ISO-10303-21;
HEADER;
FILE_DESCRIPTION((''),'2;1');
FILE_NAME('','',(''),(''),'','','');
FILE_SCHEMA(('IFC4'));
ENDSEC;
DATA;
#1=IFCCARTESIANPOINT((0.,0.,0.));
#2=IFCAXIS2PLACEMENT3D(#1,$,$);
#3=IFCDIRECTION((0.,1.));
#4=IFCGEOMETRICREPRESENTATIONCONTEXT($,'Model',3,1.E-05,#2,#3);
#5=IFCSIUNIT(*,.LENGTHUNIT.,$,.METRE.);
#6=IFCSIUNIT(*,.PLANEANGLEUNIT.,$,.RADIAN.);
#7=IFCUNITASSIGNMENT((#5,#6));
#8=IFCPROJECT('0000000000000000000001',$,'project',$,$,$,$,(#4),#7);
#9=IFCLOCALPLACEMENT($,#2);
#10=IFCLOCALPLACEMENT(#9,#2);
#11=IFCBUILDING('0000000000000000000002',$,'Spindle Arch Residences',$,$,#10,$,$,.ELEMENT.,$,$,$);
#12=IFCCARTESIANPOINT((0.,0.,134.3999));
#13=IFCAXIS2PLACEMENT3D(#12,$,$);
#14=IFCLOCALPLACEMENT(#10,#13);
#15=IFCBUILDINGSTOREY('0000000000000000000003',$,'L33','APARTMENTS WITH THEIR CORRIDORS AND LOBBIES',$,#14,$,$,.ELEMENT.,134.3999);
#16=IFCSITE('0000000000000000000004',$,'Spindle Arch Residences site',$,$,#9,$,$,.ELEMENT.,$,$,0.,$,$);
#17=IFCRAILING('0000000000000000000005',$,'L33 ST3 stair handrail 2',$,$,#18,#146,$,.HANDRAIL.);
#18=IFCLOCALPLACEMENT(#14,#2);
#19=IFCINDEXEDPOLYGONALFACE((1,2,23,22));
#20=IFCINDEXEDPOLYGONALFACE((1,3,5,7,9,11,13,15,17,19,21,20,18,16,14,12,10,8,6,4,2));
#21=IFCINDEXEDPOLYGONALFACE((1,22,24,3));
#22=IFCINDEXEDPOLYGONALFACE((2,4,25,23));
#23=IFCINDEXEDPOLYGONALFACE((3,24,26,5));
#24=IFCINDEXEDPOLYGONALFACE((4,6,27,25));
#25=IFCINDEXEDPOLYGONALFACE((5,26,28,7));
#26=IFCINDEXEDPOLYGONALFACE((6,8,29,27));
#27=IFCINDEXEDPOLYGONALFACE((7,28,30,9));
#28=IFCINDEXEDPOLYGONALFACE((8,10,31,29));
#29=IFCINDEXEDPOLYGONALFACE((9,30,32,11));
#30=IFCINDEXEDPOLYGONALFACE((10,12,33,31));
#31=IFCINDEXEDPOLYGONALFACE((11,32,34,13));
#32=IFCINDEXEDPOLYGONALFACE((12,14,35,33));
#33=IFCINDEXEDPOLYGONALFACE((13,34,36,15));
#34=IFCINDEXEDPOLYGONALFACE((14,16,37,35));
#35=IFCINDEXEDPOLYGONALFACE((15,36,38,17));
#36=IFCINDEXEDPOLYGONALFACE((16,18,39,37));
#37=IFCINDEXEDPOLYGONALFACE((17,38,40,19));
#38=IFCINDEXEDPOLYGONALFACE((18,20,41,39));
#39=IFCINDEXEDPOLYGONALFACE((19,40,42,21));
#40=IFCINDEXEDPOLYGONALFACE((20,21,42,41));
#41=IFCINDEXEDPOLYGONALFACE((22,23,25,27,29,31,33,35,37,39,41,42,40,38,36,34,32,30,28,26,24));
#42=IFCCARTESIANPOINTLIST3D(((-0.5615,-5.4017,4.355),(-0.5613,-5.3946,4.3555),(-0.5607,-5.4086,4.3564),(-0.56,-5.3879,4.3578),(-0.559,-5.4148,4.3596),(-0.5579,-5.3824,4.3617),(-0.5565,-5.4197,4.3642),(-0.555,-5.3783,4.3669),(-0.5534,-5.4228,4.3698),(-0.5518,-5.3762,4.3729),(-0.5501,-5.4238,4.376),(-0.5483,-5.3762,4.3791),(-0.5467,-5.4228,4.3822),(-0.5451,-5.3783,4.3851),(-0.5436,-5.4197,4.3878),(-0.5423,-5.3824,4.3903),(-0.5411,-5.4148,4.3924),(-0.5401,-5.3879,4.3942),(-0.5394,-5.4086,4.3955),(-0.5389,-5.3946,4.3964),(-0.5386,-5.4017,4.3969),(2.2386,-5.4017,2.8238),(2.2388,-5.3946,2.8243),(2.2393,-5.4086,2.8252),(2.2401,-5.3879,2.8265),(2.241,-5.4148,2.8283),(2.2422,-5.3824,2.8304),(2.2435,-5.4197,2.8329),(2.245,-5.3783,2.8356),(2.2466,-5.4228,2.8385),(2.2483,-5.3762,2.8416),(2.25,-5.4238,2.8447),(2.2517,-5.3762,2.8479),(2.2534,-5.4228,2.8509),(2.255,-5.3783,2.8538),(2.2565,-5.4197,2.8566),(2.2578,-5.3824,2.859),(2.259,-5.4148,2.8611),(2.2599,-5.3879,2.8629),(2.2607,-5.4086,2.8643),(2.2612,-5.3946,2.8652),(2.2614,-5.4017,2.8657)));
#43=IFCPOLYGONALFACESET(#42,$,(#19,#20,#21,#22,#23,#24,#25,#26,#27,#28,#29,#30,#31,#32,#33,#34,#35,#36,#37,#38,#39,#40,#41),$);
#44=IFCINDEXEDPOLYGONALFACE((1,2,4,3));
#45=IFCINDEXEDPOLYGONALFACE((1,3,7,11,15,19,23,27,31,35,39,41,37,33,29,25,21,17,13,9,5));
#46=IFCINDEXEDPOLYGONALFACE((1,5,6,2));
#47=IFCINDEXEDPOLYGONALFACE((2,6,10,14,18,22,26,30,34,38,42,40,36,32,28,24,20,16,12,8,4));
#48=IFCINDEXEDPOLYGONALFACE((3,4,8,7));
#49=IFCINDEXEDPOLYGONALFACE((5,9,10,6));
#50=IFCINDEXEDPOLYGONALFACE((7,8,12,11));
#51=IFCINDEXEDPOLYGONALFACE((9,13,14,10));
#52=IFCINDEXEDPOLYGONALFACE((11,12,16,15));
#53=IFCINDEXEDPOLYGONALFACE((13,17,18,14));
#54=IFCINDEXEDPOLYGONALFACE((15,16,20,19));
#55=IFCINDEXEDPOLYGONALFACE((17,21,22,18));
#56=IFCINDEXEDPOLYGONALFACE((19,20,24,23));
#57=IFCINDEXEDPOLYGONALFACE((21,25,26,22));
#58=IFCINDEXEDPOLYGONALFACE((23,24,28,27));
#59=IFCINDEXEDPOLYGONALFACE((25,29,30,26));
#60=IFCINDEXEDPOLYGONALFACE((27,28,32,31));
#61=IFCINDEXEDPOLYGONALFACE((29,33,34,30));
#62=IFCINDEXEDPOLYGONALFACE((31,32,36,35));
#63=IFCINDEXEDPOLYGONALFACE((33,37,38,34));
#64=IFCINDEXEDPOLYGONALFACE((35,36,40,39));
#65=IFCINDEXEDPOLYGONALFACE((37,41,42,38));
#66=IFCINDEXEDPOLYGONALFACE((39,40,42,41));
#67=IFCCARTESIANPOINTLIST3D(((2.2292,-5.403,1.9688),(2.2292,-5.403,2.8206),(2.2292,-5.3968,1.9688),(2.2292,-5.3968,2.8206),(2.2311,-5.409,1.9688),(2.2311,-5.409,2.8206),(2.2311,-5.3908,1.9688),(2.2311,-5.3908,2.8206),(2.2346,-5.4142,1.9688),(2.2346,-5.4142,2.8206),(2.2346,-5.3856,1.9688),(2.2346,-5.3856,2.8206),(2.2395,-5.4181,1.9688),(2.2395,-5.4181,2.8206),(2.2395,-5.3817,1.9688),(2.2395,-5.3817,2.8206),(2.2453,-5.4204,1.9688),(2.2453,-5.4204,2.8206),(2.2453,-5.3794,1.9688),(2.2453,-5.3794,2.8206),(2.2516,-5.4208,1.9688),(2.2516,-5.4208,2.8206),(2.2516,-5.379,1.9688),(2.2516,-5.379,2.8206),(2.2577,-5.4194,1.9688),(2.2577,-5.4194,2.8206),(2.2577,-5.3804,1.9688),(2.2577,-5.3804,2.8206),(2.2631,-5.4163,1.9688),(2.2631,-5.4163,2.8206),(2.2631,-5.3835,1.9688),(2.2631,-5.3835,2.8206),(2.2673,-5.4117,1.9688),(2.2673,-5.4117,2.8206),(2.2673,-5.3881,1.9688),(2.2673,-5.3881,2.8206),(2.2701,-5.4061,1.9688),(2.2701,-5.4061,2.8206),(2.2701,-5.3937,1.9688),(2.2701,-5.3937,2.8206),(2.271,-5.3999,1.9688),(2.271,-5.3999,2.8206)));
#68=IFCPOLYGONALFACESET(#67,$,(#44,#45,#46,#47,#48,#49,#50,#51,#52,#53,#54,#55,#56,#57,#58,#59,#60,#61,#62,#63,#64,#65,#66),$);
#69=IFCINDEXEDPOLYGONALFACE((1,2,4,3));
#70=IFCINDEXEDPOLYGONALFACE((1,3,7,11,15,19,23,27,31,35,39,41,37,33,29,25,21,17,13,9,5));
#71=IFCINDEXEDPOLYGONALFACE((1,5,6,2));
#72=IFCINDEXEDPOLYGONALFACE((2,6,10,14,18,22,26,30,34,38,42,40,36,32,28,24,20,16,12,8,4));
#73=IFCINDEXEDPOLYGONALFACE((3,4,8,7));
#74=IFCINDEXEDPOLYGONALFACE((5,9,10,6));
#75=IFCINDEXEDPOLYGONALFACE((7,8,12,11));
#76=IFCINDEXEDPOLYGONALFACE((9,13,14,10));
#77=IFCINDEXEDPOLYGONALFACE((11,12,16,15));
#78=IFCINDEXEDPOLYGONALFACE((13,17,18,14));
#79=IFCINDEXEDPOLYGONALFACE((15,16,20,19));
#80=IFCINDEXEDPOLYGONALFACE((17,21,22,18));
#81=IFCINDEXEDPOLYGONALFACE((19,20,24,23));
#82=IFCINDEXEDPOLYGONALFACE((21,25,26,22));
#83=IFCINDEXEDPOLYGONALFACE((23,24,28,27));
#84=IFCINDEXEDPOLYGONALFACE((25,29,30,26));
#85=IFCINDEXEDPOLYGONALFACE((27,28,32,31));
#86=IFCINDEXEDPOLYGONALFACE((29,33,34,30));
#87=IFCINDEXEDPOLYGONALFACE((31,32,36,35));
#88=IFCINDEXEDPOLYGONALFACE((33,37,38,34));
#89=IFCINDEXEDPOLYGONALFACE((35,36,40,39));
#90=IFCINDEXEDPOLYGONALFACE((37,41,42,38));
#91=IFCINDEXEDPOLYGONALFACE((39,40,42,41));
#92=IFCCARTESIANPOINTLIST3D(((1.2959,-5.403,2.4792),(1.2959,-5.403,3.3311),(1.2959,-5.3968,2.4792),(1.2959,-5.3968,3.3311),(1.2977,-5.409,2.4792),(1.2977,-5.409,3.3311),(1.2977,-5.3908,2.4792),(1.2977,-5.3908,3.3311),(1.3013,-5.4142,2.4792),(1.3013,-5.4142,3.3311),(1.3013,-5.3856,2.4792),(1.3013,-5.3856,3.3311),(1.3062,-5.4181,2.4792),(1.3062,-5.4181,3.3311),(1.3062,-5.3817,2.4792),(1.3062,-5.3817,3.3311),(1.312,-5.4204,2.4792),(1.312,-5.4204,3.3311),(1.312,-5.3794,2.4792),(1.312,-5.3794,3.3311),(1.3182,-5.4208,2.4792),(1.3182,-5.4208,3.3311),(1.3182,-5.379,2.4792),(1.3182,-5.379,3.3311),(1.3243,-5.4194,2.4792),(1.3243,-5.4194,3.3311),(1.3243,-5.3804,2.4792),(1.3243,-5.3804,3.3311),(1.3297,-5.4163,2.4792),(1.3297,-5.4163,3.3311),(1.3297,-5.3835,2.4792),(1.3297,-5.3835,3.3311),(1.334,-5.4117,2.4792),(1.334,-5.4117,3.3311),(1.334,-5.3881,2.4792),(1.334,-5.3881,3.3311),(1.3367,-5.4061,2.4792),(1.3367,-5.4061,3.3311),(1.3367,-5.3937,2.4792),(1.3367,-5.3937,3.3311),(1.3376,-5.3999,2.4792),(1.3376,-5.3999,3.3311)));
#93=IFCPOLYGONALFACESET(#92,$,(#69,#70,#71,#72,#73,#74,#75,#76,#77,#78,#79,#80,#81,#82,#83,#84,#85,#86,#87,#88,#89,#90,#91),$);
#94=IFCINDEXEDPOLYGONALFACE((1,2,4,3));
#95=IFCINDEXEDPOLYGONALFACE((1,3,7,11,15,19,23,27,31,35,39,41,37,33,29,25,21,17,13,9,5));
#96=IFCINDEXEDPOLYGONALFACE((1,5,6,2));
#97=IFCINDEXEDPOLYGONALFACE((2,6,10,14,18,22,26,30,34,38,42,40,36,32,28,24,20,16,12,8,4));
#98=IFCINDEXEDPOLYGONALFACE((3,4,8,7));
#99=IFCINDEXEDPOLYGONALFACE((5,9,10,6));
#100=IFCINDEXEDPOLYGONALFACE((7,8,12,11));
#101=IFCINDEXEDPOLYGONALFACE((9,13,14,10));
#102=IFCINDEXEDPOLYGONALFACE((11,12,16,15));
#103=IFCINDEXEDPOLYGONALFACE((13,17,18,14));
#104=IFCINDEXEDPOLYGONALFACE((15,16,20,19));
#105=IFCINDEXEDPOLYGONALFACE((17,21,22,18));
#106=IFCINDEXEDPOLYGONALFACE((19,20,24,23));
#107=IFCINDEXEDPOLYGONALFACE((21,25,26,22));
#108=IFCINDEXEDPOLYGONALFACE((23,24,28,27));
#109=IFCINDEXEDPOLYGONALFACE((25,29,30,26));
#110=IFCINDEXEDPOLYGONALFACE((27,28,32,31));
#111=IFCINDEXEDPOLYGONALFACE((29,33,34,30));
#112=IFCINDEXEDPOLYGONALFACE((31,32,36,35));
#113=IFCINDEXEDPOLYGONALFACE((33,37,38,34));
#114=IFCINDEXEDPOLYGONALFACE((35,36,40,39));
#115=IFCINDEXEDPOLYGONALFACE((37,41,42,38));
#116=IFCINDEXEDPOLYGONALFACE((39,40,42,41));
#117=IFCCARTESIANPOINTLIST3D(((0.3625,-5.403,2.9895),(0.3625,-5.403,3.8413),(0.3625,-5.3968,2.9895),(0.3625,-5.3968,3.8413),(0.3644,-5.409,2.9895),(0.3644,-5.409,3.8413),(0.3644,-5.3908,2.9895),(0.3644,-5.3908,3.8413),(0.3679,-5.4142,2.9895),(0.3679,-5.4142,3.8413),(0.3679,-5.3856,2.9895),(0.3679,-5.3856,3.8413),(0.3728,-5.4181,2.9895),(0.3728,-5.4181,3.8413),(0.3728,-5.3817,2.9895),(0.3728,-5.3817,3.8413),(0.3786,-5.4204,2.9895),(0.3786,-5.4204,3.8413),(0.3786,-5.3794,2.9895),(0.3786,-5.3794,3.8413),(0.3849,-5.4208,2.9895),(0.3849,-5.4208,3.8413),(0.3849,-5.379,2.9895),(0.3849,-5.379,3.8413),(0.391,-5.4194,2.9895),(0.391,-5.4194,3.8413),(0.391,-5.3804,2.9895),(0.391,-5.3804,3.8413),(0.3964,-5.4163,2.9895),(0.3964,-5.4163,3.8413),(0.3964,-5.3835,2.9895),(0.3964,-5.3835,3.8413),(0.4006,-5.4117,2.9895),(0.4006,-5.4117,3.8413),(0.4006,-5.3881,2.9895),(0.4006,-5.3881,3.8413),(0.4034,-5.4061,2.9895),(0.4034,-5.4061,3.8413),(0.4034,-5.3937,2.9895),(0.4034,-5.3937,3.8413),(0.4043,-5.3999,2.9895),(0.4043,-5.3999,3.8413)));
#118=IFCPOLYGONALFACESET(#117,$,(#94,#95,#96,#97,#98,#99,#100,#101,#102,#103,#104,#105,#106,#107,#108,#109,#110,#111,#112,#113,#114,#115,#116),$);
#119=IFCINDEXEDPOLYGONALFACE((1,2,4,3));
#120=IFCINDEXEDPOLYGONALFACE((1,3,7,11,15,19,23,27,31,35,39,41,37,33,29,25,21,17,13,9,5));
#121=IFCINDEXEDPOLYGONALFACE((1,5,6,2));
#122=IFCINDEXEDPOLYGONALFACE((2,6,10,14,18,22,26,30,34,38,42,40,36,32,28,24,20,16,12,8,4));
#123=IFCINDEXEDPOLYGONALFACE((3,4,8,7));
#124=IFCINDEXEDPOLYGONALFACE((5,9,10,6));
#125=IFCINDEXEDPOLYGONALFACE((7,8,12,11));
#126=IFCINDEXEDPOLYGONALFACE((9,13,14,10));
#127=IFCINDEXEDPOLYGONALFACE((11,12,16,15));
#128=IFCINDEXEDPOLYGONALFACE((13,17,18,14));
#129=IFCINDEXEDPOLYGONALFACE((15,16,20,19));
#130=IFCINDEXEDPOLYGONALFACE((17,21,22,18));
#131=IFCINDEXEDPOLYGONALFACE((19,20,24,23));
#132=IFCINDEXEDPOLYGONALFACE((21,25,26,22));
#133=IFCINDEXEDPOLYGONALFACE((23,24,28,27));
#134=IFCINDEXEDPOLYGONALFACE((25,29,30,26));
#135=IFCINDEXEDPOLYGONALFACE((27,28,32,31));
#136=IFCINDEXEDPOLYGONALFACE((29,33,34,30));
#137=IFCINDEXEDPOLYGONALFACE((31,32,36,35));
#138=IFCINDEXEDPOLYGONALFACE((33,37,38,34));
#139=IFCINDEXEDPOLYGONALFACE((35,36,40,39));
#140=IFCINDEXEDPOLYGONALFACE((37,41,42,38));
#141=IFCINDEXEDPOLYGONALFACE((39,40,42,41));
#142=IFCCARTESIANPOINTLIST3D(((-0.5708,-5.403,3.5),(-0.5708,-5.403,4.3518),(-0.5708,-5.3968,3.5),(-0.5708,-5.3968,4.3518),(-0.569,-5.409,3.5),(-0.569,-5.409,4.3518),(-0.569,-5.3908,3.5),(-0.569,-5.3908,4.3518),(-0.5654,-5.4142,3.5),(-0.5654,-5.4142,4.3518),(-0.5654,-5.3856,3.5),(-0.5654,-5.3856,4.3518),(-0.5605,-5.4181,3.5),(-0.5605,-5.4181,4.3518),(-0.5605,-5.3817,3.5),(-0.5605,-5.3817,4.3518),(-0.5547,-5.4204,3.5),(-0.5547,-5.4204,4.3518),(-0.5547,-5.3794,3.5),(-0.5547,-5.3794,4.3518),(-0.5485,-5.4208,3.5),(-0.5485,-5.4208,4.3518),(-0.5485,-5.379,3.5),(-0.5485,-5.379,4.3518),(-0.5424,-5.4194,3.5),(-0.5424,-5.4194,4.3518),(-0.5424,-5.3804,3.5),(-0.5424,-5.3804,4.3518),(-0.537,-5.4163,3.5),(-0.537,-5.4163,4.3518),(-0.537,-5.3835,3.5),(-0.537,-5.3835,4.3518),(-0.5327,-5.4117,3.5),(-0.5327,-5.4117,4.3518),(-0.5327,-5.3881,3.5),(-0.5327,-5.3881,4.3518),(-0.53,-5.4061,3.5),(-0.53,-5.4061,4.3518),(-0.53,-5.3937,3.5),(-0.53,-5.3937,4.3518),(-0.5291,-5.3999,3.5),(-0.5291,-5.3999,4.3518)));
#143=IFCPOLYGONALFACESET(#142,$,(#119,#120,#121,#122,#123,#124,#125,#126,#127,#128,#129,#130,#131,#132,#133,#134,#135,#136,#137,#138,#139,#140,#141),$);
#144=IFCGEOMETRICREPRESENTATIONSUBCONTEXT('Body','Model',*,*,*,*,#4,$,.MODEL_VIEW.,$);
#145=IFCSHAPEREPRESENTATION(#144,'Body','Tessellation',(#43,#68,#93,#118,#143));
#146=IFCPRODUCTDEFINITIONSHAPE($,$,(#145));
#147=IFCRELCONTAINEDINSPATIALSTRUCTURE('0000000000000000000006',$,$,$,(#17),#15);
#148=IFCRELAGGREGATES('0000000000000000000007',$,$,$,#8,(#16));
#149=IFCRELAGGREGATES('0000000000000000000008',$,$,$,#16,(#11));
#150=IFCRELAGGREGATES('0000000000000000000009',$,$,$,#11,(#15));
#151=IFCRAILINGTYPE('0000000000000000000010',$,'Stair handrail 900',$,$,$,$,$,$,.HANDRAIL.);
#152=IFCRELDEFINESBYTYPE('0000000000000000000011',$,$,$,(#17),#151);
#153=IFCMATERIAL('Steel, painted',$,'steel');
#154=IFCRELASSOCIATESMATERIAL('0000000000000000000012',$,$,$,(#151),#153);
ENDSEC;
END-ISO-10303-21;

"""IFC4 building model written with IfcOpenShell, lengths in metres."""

from ifc_helpers import new_model, si_unit, direction, frame, origin, origin_2d, place, context, subcontext, project, spatial, circle, extrude, material, type_object, element, save


model = new_model("IFC4")

# Units and contexts
model_context = context("Model", 3, precision=1e-05, world=origin(), true_north=direction((0.0, 1.0)))
body_context = subcontext(model_context, "Body", "Model", "MODEL_VIEW")
ifc_project = project(units=[si_unit("LENGTHUNIT", "METRE"), si_unit("PLANEANGLEUNIT", "RADIAN")], contexts=[model_context])

# Site, building, storey
site_placement = place(None, origin())
site = spatial("IfcSite", under=ifc_project, at=site_placement, Name="Spindle Arch Residences site", CompositionType="ELEMENT", RefElevation=0.0)
building_placement = place(site_placement, origin())
building = spatial("IfcBuilding", under=site, at=building_placement, Name="Spindle Arch Residences", CompositionType="ELEMENT")
storey_placement = place(building_placement, frame((0.0, 0.0, 134.3999)))
storey = spatial("IfcBuildingStorey", under=building, at=storey_placement, Name="L33", Description="APARTMENTS WITH THEIR CORRIDORS AND LOBBIES", CompositionType="ELEMENT", Elevation=134.3999)

# Railing
ifc_material_1 = material(Name="Steel, painted", Category="steel")
railing_type_1 = type_object("IfcRailingType", Name="Stair handrail 900", PredefinedType="HANDRAIL", material=ifc_material_1)
railing_1_placement = place(storey_placement, frame((2.25, -5.3999, 1.9688)))
element("IfcRailing", 1, at=railing_1_placement, inside=storey, type_object=railing_type_1, Name="L33 ST3 stair handrail 2", PredefinedType="HANDRAIL", context=body_context, shape_type="SweptSolid", body=[
    extrude(circle(Radius=0.0239, at=origin_2d()), frame((0.0, 0.0, 0.876), z_axis=(-0.877375, 0.0, 0.479806), x_axis=(0.0, -1.0, 0.0)), (0.0, 0.0, 1.0), 3.1914),
    extrude(circle(Radius=0.021, at=origin_2d()), origin(), (0.0, 0.0, 1.0), 0.8518),
    extrude(circle(Radius=0.021, at=origin_2d()), frame((-0.9333, 0.0, 0.5105)), (0.0, 0.0, 1.0), 0.8518),
    extrude(circle(Radius=0.021, at=origin_2d()), frame((-1.8667, 0.0, 1.0208)), (0.0, 0.0, 1.0), 0.8518),
    extrude(circle(Radius=0.021, at=origin_2d()), frame((-2.8, 0.0, 1.5312)), (0.0, 0.0, 1.0), 0.8518),
])

save(model, "model.ifc")
